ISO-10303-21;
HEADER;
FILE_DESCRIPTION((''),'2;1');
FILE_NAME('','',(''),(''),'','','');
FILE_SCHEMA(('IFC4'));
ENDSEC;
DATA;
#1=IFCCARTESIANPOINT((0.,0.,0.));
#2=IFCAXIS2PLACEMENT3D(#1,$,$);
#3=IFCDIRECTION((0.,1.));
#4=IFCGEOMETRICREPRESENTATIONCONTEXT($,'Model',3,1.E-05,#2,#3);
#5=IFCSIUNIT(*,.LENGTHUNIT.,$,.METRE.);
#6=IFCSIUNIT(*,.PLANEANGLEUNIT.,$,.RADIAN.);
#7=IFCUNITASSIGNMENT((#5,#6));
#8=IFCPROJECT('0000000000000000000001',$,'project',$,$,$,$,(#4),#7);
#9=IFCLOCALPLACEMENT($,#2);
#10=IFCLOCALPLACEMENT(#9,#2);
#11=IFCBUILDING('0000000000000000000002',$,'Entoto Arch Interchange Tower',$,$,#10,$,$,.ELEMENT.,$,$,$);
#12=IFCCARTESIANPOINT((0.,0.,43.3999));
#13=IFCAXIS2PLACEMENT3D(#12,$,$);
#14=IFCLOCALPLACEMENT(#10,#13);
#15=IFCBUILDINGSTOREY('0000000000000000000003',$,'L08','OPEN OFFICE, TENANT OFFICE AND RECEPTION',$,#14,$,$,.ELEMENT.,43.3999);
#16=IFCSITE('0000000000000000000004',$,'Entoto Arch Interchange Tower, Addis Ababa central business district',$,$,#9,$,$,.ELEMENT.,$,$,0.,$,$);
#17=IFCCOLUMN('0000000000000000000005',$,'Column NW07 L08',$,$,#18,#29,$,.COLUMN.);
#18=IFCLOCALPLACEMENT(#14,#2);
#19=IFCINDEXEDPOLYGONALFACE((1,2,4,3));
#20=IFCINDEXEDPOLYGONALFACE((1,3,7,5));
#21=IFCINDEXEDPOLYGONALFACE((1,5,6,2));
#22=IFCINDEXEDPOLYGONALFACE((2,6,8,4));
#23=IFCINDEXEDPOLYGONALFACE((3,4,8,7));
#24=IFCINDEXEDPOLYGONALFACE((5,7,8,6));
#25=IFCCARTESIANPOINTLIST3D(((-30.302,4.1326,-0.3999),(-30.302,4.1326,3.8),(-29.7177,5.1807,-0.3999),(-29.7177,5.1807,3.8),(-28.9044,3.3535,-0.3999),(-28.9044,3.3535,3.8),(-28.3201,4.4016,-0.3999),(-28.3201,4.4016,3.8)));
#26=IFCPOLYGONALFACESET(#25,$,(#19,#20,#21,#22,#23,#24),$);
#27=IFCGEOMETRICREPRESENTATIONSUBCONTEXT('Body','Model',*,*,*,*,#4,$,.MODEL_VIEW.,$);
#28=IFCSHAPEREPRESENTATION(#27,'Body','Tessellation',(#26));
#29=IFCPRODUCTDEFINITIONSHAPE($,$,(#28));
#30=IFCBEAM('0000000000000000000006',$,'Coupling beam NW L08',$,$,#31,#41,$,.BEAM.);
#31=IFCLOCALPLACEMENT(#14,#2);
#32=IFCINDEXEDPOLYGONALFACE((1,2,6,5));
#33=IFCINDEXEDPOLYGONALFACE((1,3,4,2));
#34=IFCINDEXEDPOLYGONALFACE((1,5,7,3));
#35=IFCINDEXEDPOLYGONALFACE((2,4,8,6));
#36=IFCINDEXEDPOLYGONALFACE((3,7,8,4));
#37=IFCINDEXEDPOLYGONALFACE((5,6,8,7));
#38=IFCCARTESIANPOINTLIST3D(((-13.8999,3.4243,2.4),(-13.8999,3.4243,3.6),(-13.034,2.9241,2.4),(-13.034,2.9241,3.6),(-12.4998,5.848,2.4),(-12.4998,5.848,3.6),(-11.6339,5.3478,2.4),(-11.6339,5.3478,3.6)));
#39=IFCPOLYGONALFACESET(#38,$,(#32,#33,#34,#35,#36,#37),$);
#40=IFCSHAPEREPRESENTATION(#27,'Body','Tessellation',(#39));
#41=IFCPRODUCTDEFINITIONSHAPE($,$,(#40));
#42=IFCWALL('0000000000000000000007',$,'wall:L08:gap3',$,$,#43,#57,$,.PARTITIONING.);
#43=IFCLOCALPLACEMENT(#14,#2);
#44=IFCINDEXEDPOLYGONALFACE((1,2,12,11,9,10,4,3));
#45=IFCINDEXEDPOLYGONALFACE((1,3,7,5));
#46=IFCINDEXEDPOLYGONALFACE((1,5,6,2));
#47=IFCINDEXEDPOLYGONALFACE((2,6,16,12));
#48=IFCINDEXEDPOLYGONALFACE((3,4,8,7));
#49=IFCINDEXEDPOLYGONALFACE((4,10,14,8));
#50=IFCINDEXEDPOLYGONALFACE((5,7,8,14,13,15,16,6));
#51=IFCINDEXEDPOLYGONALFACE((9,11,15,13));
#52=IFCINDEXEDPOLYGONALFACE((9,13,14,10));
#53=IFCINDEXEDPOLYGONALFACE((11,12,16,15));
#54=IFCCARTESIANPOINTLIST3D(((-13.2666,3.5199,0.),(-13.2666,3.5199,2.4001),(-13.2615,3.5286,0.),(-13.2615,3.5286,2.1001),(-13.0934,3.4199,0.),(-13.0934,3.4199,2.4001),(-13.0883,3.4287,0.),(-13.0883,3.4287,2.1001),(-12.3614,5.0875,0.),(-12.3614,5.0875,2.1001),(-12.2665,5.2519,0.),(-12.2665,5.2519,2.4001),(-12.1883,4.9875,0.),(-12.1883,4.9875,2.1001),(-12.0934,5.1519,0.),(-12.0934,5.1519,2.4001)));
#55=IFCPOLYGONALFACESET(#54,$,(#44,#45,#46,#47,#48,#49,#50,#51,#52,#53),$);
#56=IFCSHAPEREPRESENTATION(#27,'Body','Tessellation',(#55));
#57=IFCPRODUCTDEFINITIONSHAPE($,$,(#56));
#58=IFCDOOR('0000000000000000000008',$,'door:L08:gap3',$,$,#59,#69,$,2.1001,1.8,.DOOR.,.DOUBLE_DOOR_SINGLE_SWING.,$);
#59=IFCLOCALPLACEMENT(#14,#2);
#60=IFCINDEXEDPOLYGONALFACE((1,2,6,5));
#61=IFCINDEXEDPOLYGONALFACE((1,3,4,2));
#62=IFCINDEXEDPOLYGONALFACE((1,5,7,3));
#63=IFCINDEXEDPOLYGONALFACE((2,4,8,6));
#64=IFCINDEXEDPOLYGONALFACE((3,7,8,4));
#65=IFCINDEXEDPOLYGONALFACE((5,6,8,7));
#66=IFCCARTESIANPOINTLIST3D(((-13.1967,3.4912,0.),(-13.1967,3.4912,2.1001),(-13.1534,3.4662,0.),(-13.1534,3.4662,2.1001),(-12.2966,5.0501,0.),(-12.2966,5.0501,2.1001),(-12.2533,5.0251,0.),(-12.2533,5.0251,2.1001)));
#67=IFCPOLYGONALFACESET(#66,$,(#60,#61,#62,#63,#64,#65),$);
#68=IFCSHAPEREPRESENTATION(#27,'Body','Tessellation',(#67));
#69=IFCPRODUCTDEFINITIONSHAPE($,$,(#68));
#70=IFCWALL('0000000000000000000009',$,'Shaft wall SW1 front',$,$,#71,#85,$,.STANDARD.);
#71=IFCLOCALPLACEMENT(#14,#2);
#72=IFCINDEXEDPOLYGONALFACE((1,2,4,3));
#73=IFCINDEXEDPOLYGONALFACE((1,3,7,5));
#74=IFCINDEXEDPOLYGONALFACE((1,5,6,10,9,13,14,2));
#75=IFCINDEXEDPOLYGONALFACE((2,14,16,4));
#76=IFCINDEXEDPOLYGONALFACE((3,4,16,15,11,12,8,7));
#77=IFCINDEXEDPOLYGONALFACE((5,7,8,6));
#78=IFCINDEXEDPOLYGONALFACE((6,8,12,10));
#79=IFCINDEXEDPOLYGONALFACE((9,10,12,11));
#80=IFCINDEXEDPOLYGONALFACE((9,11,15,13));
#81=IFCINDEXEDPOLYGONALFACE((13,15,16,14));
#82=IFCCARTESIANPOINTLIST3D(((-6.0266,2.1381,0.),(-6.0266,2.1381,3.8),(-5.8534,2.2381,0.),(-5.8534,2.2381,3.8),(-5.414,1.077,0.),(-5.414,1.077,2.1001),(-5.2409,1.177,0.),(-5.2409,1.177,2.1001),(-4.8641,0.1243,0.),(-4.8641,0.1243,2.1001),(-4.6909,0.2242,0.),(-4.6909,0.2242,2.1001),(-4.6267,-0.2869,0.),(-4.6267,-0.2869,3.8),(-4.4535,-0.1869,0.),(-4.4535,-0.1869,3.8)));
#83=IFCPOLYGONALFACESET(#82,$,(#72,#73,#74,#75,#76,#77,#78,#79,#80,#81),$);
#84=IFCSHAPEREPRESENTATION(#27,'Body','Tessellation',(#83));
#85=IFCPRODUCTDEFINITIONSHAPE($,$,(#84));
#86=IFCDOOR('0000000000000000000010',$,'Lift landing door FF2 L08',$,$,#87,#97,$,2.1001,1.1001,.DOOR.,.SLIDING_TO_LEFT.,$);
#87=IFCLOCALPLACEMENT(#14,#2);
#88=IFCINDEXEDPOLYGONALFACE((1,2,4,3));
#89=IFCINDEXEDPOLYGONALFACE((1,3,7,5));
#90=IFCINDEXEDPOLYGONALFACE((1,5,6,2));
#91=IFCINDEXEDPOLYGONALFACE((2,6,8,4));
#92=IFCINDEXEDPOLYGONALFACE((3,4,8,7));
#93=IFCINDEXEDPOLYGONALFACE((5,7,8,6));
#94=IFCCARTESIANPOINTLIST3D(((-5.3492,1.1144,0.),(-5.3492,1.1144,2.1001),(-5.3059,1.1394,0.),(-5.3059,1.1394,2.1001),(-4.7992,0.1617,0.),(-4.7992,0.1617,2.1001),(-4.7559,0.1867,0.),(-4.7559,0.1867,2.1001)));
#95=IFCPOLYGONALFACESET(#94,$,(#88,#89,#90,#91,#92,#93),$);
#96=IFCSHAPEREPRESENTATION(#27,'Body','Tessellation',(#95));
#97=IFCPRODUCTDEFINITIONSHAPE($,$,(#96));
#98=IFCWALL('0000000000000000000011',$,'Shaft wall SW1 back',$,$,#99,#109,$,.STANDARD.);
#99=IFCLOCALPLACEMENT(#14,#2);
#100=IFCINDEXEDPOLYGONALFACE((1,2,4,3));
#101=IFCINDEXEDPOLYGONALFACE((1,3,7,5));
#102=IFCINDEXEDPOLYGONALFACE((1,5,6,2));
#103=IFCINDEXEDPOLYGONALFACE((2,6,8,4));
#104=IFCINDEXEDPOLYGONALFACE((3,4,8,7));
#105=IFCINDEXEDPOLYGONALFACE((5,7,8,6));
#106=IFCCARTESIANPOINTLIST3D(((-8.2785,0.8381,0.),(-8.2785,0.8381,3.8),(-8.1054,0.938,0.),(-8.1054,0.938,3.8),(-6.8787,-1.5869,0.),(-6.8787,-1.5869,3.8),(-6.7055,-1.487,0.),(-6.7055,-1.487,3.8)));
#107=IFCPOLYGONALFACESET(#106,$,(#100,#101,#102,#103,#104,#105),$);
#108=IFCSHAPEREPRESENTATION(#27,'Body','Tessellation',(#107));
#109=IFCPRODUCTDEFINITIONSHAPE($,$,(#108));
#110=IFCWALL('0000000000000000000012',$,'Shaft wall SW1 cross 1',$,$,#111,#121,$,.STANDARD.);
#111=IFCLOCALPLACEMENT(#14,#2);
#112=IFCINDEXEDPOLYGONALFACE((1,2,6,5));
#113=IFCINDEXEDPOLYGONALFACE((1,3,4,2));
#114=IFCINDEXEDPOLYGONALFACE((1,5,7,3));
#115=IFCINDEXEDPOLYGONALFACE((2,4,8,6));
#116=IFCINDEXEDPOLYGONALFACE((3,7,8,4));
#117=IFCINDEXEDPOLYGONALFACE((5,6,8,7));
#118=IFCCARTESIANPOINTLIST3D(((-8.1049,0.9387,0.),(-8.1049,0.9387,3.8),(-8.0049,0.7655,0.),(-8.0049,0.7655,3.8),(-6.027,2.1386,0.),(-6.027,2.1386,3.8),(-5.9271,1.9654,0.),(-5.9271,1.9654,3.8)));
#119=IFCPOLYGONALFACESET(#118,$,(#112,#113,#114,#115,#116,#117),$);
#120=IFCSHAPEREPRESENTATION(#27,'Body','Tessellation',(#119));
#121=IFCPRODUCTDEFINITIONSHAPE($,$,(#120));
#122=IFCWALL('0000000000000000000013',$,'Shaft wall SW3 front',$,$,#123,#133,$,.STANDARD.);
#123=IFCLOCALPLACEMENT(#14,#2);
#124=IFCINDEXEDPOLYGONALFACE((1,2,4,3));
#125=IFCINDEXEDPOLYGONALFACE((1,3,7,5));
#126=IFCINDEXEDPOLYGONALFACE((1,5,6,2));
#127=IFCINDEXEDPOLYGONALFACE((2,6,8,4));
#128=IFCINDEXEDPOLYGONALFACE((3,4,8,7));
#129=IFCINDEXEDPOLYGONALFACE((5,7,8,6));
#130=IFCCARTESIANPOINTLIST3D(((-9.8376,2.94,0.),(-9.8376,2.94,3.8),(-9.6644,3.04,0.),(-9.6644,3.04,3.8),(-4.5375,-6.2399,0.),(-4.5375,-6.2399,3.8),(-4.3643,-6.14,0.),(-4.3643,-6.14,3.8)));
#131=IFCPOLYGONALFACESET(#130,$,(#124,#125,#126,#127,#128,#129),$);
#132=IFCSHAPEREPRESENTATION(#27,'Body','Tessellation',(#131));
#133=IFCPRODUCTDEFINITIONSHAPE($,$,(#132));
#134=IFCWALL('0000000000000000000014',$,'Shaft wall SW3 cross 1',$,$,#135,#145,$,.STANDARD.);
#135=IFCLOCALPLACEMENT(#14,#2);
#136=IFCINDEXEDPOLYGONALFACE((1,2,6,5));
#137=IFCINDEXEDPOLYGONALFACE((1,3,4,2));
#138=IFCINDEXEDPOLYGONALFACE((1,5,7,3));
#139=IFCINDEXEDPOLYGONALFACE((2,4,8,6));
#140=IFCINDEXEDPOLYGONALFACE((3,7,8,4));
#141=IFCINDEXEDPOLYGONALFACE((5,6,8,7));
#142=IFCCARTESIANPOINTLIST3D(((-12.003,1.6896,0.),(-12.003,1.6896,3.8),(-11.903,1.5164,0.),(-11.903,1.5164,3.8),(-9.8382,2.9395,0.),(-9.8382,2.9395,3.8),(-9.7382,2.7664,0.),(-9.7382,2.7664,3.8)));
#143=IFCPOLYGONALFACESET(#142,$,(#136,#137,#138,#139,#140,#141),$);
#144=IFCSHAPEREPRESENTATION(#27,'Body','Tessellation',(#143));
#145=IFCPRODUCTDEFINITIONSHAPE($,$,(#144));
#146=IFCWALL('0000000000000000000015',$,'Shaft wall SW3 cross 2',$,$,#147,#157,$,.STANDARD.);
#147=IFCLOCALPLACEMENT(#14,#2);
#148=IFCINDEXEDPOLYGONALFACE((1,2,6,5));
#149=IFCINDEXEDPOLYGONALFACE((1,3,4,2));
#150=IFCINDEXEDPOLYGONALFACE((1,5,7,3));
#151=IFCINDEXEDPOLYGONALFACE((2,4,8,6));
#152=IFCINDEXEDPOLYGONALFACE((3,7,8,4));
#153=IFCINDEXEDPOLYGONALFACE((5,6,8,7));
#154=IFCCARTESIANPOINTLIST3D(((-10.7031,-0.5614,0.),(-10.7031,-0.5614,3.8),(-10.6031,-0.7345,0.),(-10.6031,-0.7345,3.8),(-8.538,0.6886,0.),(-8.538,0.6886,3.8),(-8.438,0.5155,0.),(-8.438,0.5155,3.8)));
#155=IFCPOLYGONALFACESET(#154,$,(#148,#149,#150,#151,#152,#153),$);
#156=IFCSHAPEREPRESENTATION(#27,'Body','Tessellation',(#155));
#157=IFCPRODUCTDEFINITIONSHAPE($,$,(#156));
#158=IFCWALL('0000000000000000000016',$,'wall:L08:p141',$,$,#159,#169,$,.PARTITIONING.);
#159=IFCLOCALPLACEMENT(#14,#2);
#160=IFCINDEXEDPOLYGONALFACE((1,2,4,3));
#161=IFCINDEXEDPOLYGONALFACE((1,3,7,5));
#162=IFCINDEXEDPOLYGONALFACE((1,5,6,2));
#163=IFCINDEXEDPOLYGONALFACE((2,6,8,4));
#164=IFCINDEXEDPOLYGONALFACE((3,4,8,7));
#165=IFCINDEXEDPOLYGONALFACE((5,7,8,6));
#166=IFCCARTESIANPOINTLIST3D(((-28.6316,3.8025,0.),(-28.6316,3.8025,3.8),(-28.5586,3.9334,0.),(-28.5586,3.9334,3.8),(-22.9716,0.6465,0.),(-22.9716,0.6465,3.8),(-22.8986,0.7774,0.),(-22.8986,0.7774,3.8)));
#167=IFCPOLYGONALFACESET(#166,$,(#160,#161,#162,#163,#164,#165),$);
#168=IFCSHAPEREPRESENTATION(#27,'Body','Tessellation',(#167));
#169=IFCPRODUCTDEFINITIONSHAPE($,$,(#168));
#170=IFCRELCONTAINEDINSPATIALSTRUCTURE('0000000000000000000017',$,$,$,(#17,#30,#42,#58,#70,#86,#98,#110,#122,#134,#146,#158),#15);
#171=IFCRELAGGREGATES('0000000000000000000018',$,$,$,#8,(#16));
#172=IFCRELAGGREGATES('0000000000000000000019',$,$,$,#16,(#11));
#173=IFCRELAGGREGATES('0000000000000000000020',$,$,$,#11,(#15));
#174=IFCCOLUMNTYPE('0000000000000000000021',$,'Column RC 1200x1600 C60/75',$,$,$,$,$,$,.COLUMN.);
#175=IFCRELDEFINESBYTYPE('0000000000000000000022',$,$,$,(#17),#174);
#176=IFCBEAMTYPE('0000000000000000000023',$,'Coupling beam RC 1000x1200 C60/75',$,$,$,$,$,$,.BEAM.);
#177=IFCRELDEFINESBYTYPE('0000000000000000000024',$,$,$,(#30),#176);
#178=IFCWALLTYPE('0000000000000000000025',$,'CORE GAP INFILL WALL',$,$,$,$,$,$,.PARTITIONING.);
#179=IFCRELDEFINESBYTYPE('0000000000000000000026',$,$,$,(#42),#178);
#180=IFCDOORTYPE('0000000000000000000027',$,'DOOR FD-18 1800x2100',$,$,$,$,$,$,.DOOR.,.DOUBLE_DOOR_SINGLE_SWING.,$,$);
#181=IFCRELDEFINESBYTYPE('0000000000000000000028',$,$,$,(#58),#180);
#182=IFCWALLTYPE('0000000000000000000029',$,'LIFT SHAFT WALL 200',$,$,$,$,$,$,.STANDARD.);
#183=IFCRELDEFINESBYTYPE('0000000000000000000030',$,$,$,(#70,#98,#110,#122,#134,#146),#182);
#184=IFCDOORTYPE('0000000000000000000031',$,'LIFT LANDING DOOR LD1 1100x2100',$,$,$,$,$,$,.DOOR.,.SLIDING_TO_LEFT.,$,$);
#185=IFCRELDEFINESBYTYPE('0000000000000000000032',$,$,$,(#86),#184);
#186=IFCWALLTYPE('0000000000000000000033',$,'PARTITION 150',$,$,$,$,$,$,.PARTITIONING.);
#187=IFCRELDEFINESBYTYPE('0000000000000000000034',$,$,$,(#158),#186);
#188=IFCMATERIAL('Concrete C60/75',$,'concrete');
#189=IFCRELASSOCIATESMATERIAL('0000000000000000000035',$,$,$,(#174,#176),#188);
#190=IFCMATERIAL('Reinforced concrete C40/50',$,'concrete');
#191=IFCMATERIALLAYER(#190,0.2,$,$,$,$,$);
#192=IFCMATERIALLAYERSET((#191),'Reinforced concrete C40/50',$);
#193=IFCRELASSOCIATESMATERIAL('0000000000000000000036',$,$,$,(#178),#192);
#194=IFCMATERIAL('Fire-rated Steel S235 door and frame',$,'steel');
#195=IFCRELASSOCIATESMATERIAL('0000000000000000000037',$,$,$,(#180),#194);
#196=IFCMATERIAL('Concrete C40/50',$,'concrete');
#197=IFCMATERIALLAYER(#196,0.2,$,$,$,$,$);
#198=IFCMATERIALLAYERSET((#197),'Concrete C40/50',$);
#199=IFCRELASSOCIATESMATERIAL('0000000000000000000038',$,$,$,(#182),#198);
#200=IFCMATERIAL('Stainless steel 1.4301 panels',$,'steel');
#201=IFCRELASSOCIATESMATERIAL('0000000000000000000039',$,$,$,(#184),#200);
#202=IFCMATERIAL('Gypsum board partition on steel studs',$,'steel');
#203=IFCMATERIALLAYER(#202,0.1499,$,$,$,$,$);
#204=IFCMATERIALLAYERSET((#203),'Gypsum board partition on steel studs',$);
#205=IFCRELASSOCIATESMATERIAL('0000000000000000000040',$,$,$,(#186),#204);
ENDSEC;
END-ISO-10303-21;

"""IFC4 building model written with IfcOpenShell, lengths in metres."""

from ifc_helpers import new_model, si_unit, direction, frame, frame_2d, origin, origin_2d, place, context, subcontext, project, spatial, rectangle, extrude, material, layer, layer_set, material_profile, profile_set, type_object, element, fill, save


model = new_model("IFC4")

# Units and contexts
model_context = context("Model", 3, precision=1e-05, world=origin(), true_north=direction((0.0, 1.0)))
body_context = subcontext(model_context, "Body", "Model", "MODEL_VIEW")
ifc_project = project(units=[si_unit("LENGTHUNIT", "METRE"), si_unit("PLANEANGLEUNIT", "RADIAN")], contexts=[model_context])

# Site, building, storey
site_placement = place(None, origin())
site = spatial("IfcSite", under=ifc_project, at=site_placement, Name="Entoto Arch Interchange Tower, Addis Ababa central business district", CompositionType="ELEMENT", RefElevation=0.0)
building_placement = place(site_placement, origin())
building = spatial("IfcBuilding", under=site, at=building_placement, Name="Entoto Arch Interchange Tower", CompositionType="ELEMENT")
storey_placement = place(building_placement, frame((0.0, 0.0, 43.3999)))
storey = spatial("IfcBuildingStorey", under=building, at=storey_placement, Name="L08", Description="OPEN OFFICE, TENANT OFFICE AND RECEPTION", CompositionType="ELEMENT", Elevation=43.3999)

# Column
ifc_material_1 = material(Name="Concrete C60/75", Category="concrete")
ifc_material_profile_1 = material_profile(ifc_material_1, rectangle(XDim=1.2, YDim=1.6001, at=origin_2d()))
ifc_profile_set_1 = profile_set([ifc_material_profile_1], Name="Concrete C60/75")
column_type = type_object("IfcColumnType", Name="Column RC 1200x1600 C60/75", PredefinedType="COLUMN", material=ifc_profile_set_1)
column_placement = place(storey_placement, frame((-29.311, 4.2671, -0.3999), z_axis=(0.0, 0.0, 1.0), x_axis=(0.486915, 0.873449, 0.0)))
element("IfcColumn", 1, at=column_placement, inside=storey, type_object=column_type, Name="Column NW07 L08", PredefinedType="COLUMN", context=body_context, shape_type="SweptSolid", body=[
    extrude(rectangle(XDim=1.2, YDim=1.6001, at=origin_2d()), origin(), (0.0, 0.0, 1.0), 4.2),
])

# Beam
ifc_material_profile_2 = material_profile(ifc_material_1, rectangle(XDim=1.0, YDim=1.2, at=origin_2d()))
ifc_profile_set_2 = profile_set([ifc_material_profile_2], Name="Concrete C60/75")
beam_type = type_object("IfcBeamType", Name="Coupling beam RC 1000x1200 C60/75", PredefinedType="BEAM", material=ifc_profile_set_2)
beam_placement = place(storey_placement, frame((-12.0669, 5.5979, 3.0), z_axis=(-0.500201, -0.86591, 0.0), x_axis=(0.86591, -0.500201, 0.0)))
element("IfcBeam", 2, at=beam_placement, inside=storey, type_object=beam_type, Name="Coupling beam NW L08", PredefinedType="BEAM", context=body_context, shape_type="SweptSolid", body=[
    extrude(rectangle(XDim=1.0, YDim=1.2, at=origin_2d()), origin(), (0.0, 0.0, 1.0), 2.7991),
])

# Walls, openings, doors
ifc_material_2 = material(Name="Reinforced concrete C40/50", Category="concrete")
ifc_layer_1 = layer(ifc_material_2, 0.2)
ifc_layer_set_1 = layer_set([ifc_layer_1], Name="Reinforced concrete C40/50")
wall_type_1 = type_object("IfcWallType", Name="CORE GAP INFILL WALL", PredefinedType="PARTITIONING", material=ifc_layer_set_1)
wall_1_placement = place(storey_placement, frame((-12.1799, 5.2019, 0.0), z_axis=(0.0, 0.0, 1.0), x_axis=(-0.500025, -0.866011, 0.0)))
wall_1 = element("IfcWall", 3, at=wall_1_placement, inside=storey, type_object=wall_type_1, Name="wall:L08:gap3", PredefinedType="PARTITIONING", context=body_context, shape_type="SweptSolid", body=[
    extrude(rectangle(XDim=2.0, YDim=0.2, at=frame_2d((1.0, 0.0))), origin(), (0.0, 0.0, 1.0), 2.4001),
])
opening_1_placement = place(wall_1_placement, frame((0.1899, 0.0, 0.0)))
opening_1 = element("IfcOpeningElement", 4, at=opening_1_placement, cuts=wall_1, PredefinedType="OPENING", context=body_context, shape_type="SweptSolid", body=[
    extrude(rectangle(XDim=1.8, YDim=2.1001, at=frame_2d((0.8999, 1.05))), frame((0.0, 0.1099, 0.0), z_axis=(0.0, -1.0, 0.0), x_axis=(1.0, 0.0, 0.0)), (0.0, 0.0, 1.0), 0.22),
])
ifc_material_3 = material(Name="Fire-rated Steel S235 door and frame", Category="steel")
door_type_1 = type_object("IfcDoorType", Name="DOOR FD-18 1800x2100", OperationType="DOUBLE_DOOR_SINGLE_SWING", PredefinedType="DOOR", material=ifc_material_3)
door_1_placement = place(opening_1_placement, origin())
door_1 = element("IfcDoor", 5, at=door_1_placement, inside=storey, type_object=door_type_1, Name="door:L08:gap3", OperationType="DOUBLE_DOOR_SINGLE_SWING", OverallHeight=2.1001, OverallWidth=1.8, PredefinedType="DOOR", context=body_context, shape_type="SweptSolid", body=[
    extrude(rectangle(XDim=1.8, YDim=2.1001, at=frame_2d((0.8999, 1.05))), frame((0.0, 0.0249, 0.0), z_axis=(0.0, -1.0, 0.0), x_axis=(1.0, 0.0, 0.0)), (0.0, 0.0, 1.0), 0.05),
])
fill(opening_1, door_1)
ifc_material_4 = material(Name="Concrete C40/50", Category="concrete")
ifc_layer_2 = layer(ifc_material_4, 0.2)
ifc_layer_set_2 = layer_set([ifc_layer_2], Name="Concrete C40/50")
wall_type_2 = type_object("IfcWallType", Name="LIFT SHAFT WALL 200", PredefinedType="STANDARD", material=ifc_layer_set_2)
wall_2_placement = place(storey_placement, frame((-5.9399, 2.188, 0.0), z_axis=(0.0, 0.0, 1.0), x_axis=(0.499946, -0.866056, 0.0)))
wall_2 = element("IfcWall", 6, at=wall_2_placement, inside=storey, type_object=wall_type_2, Name="Shaft wall SW1 front", PredefinedType="STANDARD", context=body_context, shape_type="SweptSolid", body=[
    extrude(rectangle(XDim=2.8, YDim=0.2, at=frame_2d((1.3999, 0.0))), origin(), (0.0, 0.0, 1.0), 3.8),
])
opening_2_placement = place(wall_2_placement, frame((1.2251, 0.0, 0.0)))
opening_2 = element("IfcOpeningElement", 7, at=opening_2_placement, cuts=wall_2, PredefinedType="OPENING", context=body_context, shape_type="SweptSolid", body=[
    extrude(rectangle(XDim=1.1001, YDim=2.1001, at=frame_2d((0.55, 1.05))), frame((0.0, 0.1099, 0.0), z_axis=(0.0, -1.0, 0.0), x_axis=(1.0, 0.0, 0.0)), (0.0, 0.0, 1.0), 0.22),
])
ifc_material_5 = material(Name="Stainless steel 1.4301 panels", Category="steel")
door_type_2 = type_object("IfcDoorType", Name="LIFT LANDING DOOR LD1 1100x2100", OperationType="SLIDING_TO_LEFT", PredefinedType="DOOR", material=ifc_material_5)
door_2_placement = place(opening_2_placement, origin())
door_2 = element("IfcDoor", 8, at=door_2_placement, inside=storey, type_object=door_type_2, Name="Lift landing door FF2 L08", OperationType="SLIDING_TO_LEFT", OverallHeight=2.1001, OverallWidth=1.1001, PredefinedType="DOOR", context=body_context, shape_type="SweptSolid", body=[
    extrude(rectangle(XDim=1.1001, YDim=2.1001, at=frame_2d((0.55, 1.05))), frame((0.0, 0.0249, 0.0), z_axis=(0.0, -1.0, 0.0), x_axis=(1.0, 0.0, 0.0)), (0.0, 0.0, 1.0), 0.05),
])
fill(opening_2, door_2)

# Walls
wall_3_placement = place(storey_placement, frame((-8.1919, 0.8879, 0.0), z_axis=(0.0, 0.0, 1.0), x_axis=(0.499946, -0.866056, 0.0)))
element("IfcWall", 9, at=wall_3_placement, inside=storey, type_object=wall_type_2, Name="Shaft wall SW1 back", PredefinedType="STANDARD", context=body_context, shape_type="SweptSolid", body=[
    extrude(rectangle(XDim=2.8, YDim=0.2, at=frame_2d((1.3999, 0.0))), origin(), (0.0, 0.0, 1.0), 3.8),
])
wall_4_placement = place(storey_placement, frame((-5.9771, 2.052, 0.0), z_axis=(0.0, 0.0, 1.0), x_axis=(-0.865974, -0.500089, 0.0)))
element("IfcWall", 10, at=wall_4_placement, inside=storey, type_object=wall_type_2, Name="Shaft wall SW1 cross 1", PredefinedType="STANDARD", context=body_context, shape_type="SweptSolid", body=[
    extrude(rectangle(XDim=2.3994, YDim=0.2, at=frame_2d((1.1997, 0.0))), origin(), (0.0, 0.0, 1.0), 3.8),
])
wall_5_placement = place(storey_placement, frame((-9.751, 2.99, 0.0), z_axis=(0.0, 0.0, 1.0), x_axis=(0.500001, -0.866025, 0.0)))
element("IfcWall", 11, at=wall_5_placement, inside=storey, type_object=wall_type_2, Name="Shaft wall SW3 front", PredefinedType="STANDARD", context=body_context, shape_type="SweptSolid", body=[
    extrude(rectangle(XDim=10.6001, YDim=0.2, at=frame_2d((5.3, 0.0))), origin(), (0.0, 0.0, 1.0), 3.8),
])
wall_6_placement = place(storey_placement, frame((-9.7881, 2.853, 0.0), z_axis=(0.0, 0.0, 1.0), x_axis=(-0.865999, -0.500047, 0.0)))
element("IfcWall", 12, at=wall_6_placement, inside=storey, type_object=wall_type_2, Name="Shaft wall SW3 cross 1", PredefinedType="STANDARD", context=body_context, shape_type="SweptSolid", body=[
    extrude(rectangle(XDim=2.4998, YDim=0.2, at=frame_2d((1.25, 0.0))), origin(), (0.0, 0.0, 1.0), 3.8),
])
wall_7_placement = place(storey_placement, frame((-8.488, 0.6021, 0.0), z_axis=(0.0, 0.0, 1.0), x_axis=(-0.866023, -0.500004, 0.0)))
element("IfcWall", 13, at=wall_7_placement, inside=storey, type_object=wall_type_2, Name="Shaft wall SW3 cross 2", PredefinedType="STANDARD", context=body_context, shape_type="SweptSolid", body=[
    extrude(rectangle(XDim=2.5, YDim=0.2, at=frame_2d((1.25, 0.0))), origin(), (0.0, 0.0, 1.0), 3.8),
])
ifc_material_6 = material(Name="Gypsum board partition on steel studs", Category="steel")
ifc_layer_3 = layer(ifc_material_6, 0.1499)
ifc_layer_set_3 = layer_set([ifc_layer_3], Name="Gypsum board partition on steel studs")
wall_type_3 = type_object("IfcWallType", Name="PARTITION 150", PredefinedType="PARTITIONING", material=ifc_layer_set_3)
wall_8_placement = place(storey_placement, frame((-22.9351, 0.7119, 0.0), z_axis=(0.0, 0.0, 1.0), x_axis=(-0.873396, 0.487011, 0.0)))
element("IfcWall", 14, at=wall_8_placement, inside=storey, type_object=wall_type_3, Name="wall:L08:p141", PredefinedType="PARTITIONING", context=body_context, shape_type="SweptSolid", body=[
    extrude(rectangle(XDim=6.4805, YDim=0.1499, at=frame_2d((3.2402, 0.0))), origin(), (0.0, 0.0, 1.0), 3.8),
])

save(model, "model.ifc")
